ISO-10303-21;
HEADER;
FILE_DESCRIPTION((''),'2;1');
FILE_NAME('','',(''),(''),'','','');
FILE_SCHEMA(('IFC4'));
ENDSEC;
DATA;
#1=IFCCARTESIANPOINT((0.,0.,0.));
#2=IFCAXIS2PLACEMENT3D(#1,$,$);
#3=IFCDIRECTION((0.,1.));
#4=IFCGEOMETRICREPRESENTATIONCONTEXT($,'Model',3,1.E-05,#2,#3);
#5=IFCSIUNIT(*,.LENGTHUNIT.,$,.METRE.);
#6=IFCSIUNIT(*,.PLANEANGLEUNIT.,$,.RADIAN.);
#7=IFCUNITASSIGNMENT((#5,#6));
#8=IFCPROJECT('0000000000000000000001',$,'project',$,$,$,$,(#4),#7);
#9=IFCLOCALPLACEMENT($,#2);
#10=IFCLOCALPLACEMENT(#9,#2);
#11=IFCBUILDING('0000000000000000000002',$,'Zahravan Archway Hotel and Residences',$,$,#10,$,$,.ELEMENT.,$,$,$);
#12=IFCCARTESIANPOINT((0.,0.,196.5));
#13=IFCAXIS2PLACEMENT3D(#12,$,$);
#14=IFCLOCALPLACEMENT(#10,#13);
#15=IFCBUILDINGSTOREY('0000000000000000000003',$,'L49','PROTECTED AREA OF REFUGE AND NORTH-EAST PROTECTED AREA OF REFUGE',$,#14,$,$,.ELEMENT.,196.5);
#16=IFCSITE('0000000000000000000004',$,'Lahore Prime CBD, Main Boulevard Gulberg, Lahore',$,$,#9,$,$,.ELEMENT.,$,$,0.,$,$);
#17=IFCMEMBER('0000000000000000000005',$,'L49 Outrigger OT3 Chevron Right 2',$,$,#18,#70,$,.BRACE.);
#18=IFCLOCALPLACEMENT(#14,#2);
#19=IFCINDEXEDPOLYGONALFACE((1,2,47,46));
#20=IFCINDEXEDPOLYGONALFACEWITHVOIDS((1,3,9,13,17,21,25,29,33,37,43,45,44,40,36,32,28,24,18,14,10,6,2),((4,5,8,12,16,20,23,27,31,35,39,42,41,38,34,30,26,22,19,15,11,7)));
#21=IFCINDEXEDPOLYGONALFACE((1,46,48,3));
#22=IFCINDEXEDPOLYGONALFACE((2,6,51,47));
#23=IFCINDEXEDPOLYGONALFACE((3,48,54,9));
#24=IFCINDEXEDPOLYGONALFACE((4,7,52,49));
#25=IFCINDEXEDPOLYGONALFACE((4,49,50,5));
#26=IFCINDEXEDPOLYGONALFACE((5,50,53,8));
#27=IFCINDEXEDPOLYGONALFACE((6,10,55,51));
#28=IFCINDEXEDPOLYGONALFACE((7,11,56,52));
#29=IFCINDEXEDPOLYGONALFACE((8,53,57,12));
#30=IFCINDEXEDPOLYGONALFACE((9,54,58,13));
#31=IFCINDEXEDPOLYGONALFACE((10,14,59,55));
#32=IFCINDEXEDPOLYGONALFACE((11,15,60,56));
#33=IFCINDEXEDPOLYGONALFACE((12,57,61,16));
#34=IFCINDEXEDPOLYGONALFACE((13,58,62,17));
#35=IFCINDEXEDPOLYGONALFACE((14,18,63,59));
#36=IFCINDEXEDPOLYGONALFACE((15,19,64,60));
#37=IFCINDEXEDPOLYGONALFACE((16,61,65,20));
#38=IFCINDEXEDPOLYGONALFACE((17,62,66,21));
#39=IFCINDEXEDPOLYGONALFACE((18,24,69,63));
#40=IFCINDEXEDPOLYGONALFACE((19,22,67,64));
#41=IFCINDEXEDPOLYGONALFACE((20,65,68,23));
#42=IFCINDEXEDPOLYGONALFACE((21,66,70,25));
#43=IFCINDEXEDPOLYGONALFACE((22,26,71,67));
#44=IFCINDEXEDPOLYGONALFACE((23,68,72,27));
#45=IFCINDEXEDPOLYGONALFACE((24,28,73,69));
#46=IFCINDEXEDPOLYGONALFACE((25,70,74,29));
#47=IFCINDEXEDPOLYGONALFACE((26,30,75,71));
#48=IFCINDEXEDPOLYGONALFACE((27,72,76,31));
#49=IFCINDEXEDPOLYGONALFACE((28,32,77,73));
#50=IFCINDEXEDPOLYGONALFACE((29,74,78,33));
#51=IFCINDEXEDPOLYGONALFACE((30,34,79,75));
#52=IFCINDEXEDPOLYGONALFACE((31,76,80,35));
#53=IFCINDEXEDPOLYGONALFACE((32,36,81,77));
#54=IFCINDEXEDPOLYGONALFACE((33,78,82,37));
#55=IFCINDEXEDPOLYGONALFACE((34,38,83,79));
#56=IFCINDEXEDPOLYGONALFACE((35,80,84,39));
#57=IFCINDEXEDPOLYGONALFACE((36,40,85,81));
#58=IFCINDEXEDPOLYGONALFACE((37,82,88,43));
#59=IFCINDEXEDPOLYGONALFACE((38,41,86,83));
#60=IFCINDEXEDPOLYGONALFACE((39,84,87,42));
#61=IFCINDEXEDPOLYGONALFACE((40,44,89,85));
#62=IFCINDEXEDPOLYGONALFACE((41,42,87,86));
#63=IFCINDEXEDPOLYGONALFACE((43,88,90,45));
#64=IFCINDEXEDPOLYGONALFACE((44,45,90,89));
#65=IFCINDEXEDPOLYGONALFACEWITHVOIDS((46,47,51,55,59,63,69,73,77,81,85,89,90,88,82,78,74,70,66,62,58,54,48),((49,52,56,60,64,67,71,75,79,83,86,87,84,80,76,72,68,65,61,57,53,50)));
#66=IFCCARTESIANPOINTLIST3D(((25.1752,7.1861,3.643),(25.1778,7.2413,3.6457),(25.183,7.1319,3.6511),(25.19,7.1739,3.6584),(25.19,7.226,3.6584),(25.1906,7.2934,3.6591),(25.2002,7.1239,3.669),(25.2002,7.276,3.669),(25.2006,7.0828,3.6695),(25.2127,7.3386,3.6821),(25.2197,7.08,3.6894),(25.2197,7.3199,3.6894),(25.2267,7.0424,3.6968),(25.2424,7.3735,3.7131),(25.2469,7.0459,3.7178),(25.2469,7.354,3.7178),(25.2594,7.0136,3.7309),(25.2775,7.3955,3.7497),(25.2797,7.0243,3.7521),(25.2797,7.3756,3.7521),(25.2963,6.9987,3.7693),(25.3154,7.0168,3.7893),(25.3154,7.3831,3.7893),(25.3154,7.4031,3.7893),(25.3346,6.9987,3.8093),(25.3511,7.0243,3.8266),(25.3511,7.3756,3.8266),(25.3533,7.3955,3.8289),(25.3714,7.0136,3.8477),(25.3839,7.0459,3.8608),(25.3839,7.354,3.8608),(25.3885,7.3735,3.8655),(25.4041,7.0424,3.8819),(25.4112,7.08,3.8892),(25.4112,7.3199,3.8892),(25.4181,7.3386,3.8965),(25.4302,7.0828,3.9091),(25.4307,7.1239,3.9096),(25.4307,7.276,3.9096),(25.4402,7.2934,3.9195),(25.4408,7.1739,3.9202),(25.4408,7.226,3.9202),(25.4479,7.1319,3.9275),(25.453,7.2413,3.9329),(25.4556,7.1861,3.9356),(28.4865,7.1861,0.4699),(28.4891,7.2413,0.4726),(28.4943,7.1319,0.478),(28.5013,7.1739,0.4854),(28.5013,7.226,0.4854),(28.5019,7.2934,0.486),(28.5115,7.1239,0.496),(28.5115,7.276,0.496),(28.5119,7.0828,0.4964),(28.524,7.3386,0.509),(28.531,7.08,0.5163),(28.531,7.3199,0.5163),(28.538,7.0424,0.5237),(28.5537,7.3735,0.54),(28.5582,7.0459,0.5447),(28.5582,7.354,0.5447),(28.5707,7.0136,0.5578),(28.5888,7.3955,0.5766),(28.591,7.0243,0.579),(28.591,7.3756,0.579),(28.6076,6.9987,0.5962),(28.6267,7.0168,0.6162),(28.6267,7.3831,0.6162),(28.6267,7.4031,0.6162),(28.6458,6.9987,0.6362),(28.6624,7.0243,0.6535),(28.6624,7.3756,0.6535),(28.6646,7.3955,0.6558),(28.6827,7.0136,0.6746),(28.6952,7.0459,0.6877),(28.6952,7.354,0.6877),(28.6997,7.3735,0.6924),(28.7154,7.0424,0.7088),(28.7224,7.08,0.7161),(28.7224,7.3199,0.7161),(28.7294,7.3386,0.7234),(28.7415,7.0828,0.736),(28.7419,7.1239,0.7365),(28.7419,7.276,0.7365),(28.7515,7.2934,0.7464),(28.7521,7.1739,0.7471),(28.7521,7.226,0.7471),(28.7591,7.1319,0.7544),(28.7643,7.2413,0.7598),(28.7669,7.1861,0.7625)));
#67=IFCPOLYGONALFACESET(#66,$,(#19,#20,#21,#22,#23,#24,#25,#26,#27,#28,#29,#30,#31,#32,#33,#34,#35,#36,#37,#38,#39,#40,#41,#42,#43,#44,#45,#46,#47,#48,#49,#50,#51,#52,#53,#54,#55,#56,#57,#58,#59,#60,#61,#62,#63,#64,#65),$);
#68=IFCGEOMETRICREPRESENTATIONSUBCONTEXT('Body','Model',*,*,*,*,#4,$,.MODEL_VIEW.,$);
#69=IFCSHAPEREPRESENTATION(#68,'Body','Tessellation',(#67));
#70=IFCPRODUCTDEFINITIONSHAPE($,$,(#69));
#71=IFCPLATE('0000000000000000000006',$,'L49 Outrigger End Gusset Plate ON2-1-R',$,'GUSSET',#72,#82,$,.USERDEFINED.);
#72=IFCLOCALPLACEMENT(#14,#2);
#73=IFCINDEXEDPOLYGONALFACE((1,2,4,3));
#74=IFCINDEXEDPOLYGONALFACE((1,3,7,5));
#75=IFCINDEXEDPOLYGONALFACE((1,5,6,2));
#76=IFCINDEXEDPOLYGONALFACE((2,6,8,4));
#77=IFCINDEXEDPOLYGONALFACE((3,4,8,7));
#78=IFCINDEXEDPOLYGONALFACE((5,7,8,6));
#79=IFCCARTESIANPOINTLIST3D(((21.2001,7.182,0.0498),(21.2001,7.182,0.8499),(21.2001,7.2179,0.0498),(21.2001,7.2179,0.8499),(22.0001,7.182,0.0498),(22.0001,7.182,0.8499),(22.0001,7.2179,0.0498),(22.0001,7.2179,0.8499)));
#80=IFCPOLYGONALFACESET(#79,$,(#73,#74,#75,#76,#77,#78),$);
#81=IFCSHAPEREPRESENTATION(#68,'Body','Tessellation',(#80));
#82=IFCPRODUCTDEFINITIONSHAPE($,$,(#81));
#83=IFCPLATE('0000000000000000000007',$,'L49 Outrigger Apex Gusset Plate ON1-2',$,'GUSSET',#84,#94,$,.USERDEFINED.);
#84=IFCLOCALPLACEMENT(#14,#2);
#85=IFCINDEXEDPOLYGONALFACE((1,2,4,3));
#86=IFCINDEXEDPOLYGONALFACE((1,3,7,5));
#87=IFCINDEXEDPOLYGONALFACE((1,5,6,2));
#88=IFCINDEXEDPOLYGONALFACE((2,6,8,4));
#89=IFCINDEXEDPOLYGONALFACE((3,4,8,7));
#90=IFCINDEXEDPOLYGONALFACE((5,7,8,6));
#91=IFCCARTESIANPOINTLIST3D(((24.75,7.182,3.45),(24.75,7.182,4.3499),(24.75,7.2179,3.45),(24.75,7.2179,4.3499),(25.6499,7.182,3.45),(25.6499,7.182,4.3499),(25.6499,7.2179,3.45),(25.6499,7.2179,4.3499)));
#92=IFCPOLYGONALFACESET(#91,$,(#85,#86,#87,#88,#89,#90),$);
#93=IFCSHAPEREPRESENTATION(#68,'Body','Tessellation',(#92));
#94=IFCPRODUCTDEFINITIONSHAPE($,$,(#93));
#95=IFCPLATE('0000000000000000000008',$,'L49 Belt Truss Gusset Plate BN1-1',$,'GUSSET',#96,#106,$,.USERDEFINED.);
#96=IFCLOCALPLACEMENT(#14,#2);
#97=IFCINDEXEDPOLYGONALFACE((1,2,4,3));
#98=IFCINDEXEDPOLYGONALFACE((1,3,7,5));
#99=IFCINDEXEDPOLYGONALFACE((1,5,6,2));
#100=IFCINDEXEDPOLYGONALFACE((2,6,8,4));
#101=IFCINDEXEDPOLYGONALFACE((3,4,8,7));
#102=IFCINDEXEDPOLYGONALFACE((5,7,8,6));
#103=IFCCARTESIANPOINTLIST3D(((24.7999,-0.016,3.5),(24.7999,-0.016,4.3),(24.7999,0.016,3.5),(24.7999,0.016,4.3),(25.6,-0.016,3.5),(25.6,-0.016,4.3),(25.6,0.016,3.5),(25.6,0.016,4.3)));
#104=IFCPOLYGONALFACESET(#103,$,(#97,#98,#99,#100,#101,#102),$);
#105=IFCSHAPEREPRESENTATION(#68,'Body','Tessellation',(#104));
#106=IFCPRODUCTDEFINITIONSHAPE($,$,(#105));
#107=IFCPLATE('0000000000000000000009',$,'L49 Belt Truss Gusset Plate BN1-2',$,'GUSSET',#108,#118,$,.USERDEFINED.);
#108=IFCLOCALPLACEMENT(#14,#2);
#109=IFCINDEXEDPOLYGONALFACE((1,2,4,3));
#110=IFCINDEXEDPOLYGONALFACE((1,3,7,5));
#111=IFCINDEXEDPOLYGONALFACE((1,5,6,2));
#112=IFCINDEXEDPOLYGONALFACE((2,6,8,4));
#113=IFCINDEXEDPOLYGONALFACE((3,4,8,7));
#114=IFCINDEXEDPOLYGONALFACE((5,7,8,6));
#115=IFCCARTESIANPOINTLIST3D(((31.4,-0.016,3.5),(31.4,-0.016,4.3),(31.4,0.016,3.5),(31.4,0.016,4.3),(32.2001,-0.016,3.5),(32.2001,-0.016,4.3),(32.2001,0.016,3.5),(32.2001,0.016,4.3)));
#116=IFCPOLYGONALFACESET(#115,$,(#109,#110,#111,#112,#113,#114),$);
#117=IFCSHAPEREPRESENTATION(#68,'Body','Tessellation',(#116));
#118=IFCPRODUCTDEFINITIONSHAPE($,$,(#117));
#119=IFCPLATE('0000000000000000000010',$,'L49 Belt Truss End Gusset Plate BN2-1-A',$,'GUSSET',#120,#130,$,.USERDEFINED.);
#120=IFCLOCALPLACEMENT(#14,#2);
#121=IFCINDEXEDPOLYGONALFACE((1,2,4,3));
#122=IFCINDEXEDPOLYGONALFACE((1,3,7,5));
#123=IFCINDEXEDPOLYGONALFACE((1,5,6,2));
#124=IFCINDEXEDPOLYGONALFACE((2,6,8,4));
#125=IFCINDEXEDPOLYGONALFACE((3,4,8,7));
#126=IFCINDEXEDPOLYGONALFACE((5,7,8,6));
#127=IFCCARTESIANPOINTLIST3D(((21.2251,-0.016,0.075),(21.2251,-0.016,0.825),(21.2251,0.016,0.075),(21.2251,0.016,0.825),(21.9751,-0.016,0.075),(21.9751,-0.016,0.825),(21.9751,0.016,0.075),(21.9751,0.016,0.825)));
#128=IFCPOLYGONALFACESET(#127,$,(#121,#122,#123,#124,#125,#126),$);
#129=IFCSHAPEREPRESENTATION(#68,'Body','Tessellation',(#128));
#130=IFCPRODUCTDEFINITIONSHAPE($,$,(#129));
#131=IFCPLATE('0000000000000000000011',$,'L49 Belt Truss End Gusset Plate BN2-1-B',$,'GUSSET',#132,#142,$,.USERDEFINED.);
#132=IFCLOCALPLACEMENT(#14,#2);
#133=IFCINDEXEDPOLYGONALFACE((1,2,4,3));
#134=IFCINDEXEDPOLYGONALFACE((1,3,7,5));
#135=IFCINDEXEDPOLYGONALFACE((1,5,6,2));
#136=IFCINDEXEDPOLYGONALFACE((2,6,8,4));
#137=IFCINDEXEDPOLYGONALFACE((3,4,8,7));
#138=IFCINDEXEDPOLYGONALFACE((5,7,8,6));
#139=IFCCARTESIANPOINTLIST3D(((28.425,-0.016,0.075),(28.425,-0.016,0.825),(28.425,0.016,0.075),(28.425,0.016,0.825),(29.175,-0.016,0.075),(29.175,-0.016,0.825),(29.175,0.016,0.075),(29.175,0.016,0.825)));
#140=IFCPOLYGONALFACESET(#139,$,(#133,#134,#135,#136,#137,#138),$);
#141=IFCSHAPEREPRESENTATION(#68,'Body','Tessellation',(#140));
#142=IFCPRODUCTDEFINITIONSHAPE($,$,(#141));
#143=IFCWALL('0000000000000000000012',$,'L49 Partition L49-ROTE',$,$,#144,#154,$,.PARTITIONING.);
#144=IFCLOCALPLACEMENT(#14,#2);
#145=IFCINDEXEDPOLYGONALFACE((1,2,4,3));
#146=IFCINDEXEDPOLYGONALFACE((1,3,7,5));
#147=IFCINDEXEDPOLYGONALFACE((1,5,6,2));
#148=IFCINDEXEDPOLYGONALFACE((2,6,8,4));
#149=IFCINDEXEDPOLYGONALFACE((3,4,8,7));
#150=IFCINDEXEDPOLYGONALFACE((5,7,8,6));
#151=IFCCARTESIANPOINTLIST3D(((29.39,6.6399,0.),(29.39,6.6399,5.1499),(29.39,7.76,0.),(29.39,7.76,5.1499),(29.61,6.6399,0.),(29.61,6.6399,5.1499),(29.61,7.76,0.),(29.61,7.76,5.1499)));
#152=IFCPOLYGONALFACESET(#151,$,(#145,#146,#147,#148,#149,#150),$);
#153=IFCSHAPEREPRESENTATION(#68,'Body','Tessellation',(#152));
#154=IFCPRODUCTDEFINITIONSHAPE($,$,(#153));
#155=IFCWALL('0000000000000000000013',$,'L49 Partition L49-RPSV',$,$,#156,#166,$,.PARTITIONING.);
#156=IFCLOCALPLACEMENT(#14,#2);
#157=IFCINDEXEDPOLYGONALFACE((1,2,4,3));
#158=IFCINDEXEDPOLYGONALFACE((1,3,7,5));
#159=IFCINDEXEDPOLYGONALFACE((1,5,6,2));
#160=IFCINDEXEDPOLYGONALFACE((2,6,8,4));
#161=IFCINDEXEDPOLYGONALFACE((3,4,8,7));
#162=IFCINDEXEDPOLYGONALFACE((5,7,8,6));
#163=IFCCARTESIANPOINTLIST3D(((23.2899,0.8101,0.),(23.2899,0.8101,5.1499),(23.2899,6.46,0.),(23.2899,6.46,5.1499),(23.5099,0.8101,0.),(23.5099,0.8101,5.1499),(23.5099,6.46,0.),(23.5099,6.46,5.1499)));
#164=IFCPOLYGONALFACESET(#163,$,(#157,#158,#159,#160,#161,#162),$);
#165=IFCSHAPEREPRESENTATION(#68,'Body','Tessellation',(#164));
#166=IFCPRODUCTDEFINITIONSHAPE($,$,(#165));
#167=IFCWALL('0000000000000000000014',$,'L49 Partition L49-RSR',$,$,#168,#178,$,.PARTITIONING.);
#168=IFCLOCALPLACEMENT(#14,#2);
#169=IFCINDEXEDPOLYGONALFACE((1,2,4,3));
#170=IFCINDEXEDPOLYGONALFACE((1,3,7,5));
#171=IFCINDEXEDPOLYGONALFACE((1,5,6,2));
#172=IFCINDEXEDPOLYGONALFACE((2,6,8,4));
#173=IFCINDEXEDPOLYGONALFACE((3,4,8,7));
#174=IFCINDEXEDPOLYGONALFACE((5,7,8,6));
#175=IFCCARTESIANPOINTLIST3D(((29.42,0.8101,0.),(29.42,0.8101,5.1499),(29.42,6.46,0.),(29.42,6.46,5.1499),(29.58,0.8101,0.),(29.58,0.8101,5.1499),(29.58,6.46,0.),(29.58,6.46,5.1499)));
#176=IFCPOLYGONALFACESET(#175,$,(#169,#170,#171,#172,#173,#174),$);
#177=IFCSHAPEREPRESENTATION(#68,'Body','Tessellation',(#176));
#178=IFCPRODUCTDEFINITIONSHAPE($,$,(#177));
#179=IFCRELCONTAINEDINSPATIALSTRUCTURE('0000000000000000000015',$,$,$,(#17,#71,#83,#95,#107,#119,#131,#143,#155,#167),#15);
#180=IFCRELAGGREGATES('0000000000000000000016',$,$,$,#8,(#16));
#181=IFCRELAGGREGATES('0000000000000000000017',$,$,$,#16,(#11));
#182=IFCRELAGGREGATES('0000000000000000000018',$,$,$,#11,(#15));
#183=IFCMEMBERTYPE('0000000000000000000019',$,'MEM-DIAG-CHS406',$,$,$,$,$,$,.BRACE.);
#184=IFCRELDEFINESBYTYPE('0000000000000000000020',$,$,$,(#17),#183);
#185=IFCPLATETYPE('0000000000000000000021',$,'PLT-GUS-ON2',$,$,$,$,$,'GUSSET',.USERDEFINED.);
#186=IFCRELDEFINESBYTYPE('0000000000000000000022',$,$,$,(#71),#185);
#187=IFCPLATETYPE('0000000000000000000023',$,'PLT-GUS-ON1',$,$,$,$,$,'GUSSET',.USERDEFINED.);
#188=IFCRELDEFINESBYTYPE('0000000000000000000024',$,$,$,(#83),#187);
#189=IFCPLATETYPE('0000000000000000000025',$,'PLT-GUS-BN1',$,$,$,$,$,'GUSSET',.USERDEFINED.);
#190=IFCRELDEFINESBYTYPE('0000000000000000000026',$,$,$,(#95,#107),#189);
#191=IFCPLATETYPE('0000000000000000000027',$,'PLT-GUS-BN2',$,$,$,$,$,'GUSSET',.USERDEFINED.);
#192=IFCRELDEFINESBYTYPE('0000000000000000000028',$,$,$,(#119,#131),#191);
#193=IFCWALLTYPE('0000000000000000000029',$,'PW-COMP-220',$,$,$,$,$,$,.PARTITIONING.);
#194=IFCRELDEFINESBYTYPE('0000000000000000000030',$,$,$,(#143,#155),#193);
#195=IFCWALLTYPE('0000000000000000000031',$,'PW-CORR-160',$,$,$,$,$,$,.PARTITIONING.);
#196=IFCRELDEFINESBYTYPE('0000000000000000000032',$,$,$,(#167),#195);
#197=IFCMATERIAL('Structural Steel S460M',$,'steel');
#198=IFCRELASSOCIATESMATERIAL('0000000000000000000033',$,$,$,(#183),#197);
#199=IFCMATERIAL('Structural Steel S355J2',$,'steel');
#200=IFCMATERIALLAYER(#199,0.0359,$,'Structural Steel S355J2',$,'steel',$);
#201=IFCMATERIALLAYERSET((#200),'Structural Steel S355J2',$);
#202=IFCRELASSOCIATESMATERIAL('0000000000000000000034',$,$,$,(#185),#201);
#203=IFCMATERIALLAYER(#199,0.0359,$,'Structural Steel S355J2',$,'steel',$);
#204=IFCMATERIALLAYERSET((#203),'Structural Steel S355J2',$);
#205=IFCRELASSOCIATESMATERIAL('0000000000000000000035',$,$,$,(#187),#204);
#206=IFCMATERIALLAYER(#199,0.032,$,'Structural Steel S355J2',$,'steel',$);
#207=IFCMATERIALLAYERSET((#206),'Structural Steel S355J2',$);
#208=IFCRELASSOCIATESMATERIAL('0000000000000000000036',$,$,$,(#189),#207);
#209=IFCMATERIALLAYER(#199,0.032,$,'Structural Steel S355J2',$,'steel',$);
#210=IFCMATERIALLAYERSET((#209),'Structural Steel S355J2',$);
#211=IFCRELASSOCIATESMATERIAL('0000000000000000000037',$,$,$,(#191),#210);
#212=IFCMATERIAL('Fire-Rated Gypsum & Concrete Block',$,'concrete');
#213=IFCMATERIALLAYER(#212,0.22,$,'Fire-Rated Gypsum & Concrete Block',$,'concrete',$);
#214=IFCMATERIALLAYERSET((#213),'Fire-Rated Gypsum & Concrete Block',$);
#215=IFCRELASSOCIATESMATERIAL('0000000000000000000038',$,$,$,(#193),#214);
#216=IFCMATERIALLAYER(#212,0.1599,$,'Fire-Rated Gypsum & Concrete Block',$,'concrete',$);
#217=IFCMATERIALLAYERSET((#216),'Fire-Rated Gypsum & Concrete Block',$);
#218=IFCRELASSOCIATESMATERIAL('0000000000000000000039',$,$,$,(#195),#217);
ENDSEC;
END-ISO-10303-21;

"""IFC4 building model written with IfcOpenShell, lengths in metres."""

from ifc_helpers import new_model, si_unit, direction, frame, frame_2d, origin, origin_2d, place, context, subcontext, project, spatial, rectangle, hollow_circle, extrude, source, transform, mapped, material, layer, layer_set, material_profile, profile_set, type_object, type_shapes, element, save


model = new_model("IFC4")

# Units and contexts
model_context = context("Model", 3, precision=1e-05, world=origin(), true_north=direction((0.0, 1.0)))
body_context = subcontext(model_context, "Body", "Model", "MODEL_VIEW")
ifc_project = project(units=[si_unit("LENGTHUNIT", "METRE"), si_unit("PLANEANGLEUNIT", "RADIAN")], contexts=[model_context])

# Site, building, storey
site_placement = place(None, origin())
site = spatial("IfcSite", under=ifc_project, at=site_placement, Name="Lahore Prime CBD, Main Boulevard Gulberg, Lahore", CompositionType="ELEMENT", RefElevation=0.0)
building_placement = place(site_placement, origin())
building = spatial("IfcBuilding", under=site, at=building_placement, Name="Zahravan Archway Hotel and Residences", CompositionType="ELEMENT")
storey_placement = place(building_placement, frame((0.0, 0.0, 196.5)))
storey = spatial("IfcBuildingStorey", under=building, at=storey_placement, Name="L49", Description="PROTECTED AREA OF REFUGE AND NORTH-EAST PROTECTED AREA OF REFUGE", CompositionType="ELEMENT", Elevation=196.5)

# Shared definitions
ifc_material_1 = material(Name="Structural Steel S460M", Category="steel")

# Member
ifc_material_2 = material(Name="Structural Steel S355J2", Category="steel")
ifc_material_profile_1 = material_profile(ifc_material_1, hollow_circle(Radius=0.2031, WallThickness=0.02, at=origin_2d()), Name="CHS 406.4x20", Category="steel")
ifc_profile_set_1 = profile_set([ifc_material_profile_1], Name="Structural Steel S460M")
member_type_1 = type_object("IfcMemberType", Name="MEM-DIAG-CHS406", PredefinedType="BRACE", material=ifc_profile_set_1)
shared_shape_1 = source(origin(), body_context, "Body", "SweptSolid", [
    extrude(hollow_circle(Radius=0.2031, WallThickness=0.02, at=origin_2d()), origin(), (0.0, 0.0, 1.0), 4.5862),
])
type_shapes(member_type_1, [shared_shape_1])
for number, where, z_axis, x_axis, name in (
    (1, (25.3154, 7.2, 3.7893), (0.722011, 0.0, -0.691881), (0.0, 1.0, 0.0), "L49 Outrigger OT3 Chevron Right 2"),
):
    element("IfcMember", number, at=place(storey_placement, frame(where, z_axis=z_axis, x_axis=x_axis)), inside=storey, type_object=member_type_1, Name=name, PredefinedType="BRACE", context=body_context, shape_type="MappedRepresentation", body=[
        mapped(shared_shape_1, transform((0.0, 0.0, 0.0), scale=1.0)),
    ])

# Plates
ifc_layer_1 = layer(ifc_material_2, 0.0359, Name="Structural Steel S355J2", Category="steel")
ifc_layer_set_1 = layer_set([ifc_layer_1], Name="Structural Steel S355J2")
plate_type_1 = type_object("IfcPlateType", Name="PLT-GUS-ON2", ElementType="GUSSET", PredefinedType="USERDEFINED", material=ifc_layer_set_1)
shared_shape_2 = source(origin(), body_context, "Body", "SweptSolid", [
    extrude(rectangle(XDim=0.8, YDim=0.0359, at=origin_2d()), origin(), (0.0, 0.0, 1.0), 0.8),
])
type_shapes(plate_type_1, [shared_shape_2])
plate_1_placement = place(storey_placement, frame((21.6001, 7.2, 0.0498), z_axis=(0.0, 0.0, 1.0), x_axis=(1.0, 0.0, 0.0)))
element("IfcPlate", 2, at=plate_1_placement, inside=storey, type_object=plate_type_1, Name="L49 Outrigger End Gusset Plate ON2-1-R", ObjectType="GUSSET", PredefinedType="USERDEFINED", context=body_context, shape_type="MappedRepresentation", body=[
    mapped(shared_shape_2, transform((0.0, 0.0, 0.0), scale=1.0)),
])
ifc_layer_2 = layer(ifc_material_2, 0.0359, Name="Structural Steel S355J2", Category="steel")
ifc_layer_set_2 = layer_set([ifc_layer_2], Name="Structural Steel S355J2")
plate_type_2 = type_object("IfcPlateType", Name="PLT-GUS-ON1", ElementType="GUSSET", PredefinedType="USERDEFINED", material=ifc_layer_set_2)
shared_shape_3 = source(origin(), body_context, "Body", "SweptSolid", [
    extrude(rectangle(XDim=0.8999, YDim=0.0359, at=origin_2d()), origin(), (0.0, 0.0, 1.0), 0.8999),
])
type_shapes(plate_type_2, [shared_shape_3])
plate_2_placement = place(storey_placement, frame((25.2, 7.2, 3.45), z_axis=(0.0, 0.0, 1.0), x_axis=(1.0, 0.0, 0.0)))
element("IfcPlate", 3, at=plate_2_placement, inside=storey, type_object=plate_type_2, Name="L49 Outrigger Apex Gusset Plate ON1-2", ObjectType="GUSSET", PredefinedType="USERDEFINED", context=body_context, shape_type="MappedRepresentation", body=[
    mapped(shared_shape_3, transform((0.0, 0.0, 0.0), scale=1.0)),
])
ifc_layer_3 = layer(ifc_material_2, 0.032, Name="Structural Steel S355J2", Category="steel")
ifc_layer_set_3 = layer_set([ifc_layer_3], Name="Structural Steel S355J2")
plate_type_3 = type_object("IfcPlateType", Name="PLT-GUS-BN1", ElementType="GUSSET", PredefinedType="USERDEFINED", material=ifc_layer_set_3)
shared_shape_4 = source(origin(), body_context, "Body", "SweptSolid", [
    extrude(rectangle(XDim=0.8, YDim=0.032, at=origin_2d()), origin(), (0.0, 0.0, 1.0), 0.8),
])
type_shapes(plate_type_3, [shared_shape_4])
for number, where, z_axis, x_axis, name in (
    (4, (25.2, 0.0, 3.5), (0.0, 0.0, 1.0), (1.0, 0.0, 0.0), "L49 Belt Truss Gusset Plate BN1-1"),
    (5, (31.8, 0.0, 3.5), (0.0, 0.0, 1.0), (1.0, 0.0, 0.0), "L49 Belt Truss Gusset Plate BN1-2"),
):
    element("IfcPlate", number, at=place(storey_placement, frame(where, z_axis=z_axis, x_axis=x_axis)), inside=storey, type_object=plate_type_3, Name=name, ObjectType="GUSSET", PredefinedType="USERDEFINED", context=body_context, shape_type="MappedRepresentation", body=[
        mapped(shared_shape_4, transform((0.0, 0.0, 0.0), scale=1.0)),
    ])
ifc_layer_4 = layer(ifc_material_2, 0.032, Name="Structural Steel S355J2", Category="steel")
ifc_layer_set_4 = layer_set([ifc_layer_4], Name="Structural Steel S355J2")
plate_type_4 = type_object("IfcPlateType", Name="PLT-GUS-BN2", ElementType="GUSSET", PredefinedType="USERDEFINED", material=ifc_layer_set_4)
shared_shape_5 = source(origin(), body_context, "Body", "SweptSolid", [
    extrude(rectangle(XDim=0.75, YDim=0.032, at=origin_2d()), origin(), (0.0, 0.0, 1.0), 0.75),
])
type_shapes(plate_type_4, [shared_shape_5])
for number, where, z_axis, x_axis, name in (
    (6, (21.6001, 0.0, 0.075), (0.0, 0.0, 1.0), (1.0, 0.0, 0.0), "L49 Belt Truss End Gusset Plate BN2-1-A"),
    (7, (28.8, 0.0, 0.075), (0.0, 0.0, 1.0), (1.0, 0.0, 0.0), "L49 Belt Truss End Gusset Plate BN2-1-B"),
):
    element("IfcPlate", number, at=place(storey_placement, frame(where, z_axis=z_axis, x_axis=x_axis)), inside=storey, type_object=plate_type_4, Name=name, ObjectType="GUSSET", PredefinedType="USERDEFINED", context=body_context, shape_type="MappedRepresentation", body=[
        mapped(shared_shape_5, transform((0.0, 0.0, 0.0), scale=1.0)),
    ])

# Walls
ifc_material_3 = material(Name="Fire-Rated Gypsum & Concrete Block", Category="concrete")
ifc_layer_5 = layer(ifc_material_3, 0.22, Name="Fire-Rated Gypsum & Concrete Block", Category="concrete")
ifc_layer_set_5 = layer_set([ifc_layer_5], Name="Fire-Rated Gypsum & Concrete Block")
wall_type_1 = type_object("IfcWallType", Name="PW-COMP-220", PredefinedType="PARTITIONING", material=ifc_layer_set_5)
wall_1_placement = place(storey_placement, frame((29.5, 6.6399, 0.0), z_axis=(0.0, 0.0, 1.0), x_axis=(0.0, 1.0, 0.0)))
element("IfcWall", 8, at=wall_1_placement, inside=storey, type_object=wall_type_1, Name="L49 Partition L49-ROTE", PredefinedType="PARTITIONING", context=body_context, shape_type="SweptSolid", body=[
    extrude(rectangle(XDim=1.1201, YDim=0.22, at=frame_2d((0.5601, 0.0))), origin(), (0.0, 0.0, 1.0), 5.1499),
])
wall_2_placement = place(storey_placement, frame((23.3999, 0.8101, 0.0), z_axis=(0.0, 0.0, 1.0), x_axis=(0.0, 1.0, 0.0)))
element("IfcWall", 9, at=wall_2_placement, inside=storey, type_object=wall_type_1, Name="L49 Partition L49-RPSV", PredefinedType="PARTITIONING", context=body_context, shape_type="SweptSolid", body=[
    extrude(rectangle(XDim=5.6499, YDim=0.22, at=frame_2d((2.825, 0.0))), origin(), (0.0, 0.0, 1.0), 5.1499),
])
ifc_layer_6 = layer(ifc_material_3, 0.1599, Name="Fire-Rated Gypsum & Concrete Block", Category="concrete")
ifc_layer_set_6 = layer_set([ifc_layer_6], Name="Fire-Rated Gypsum & Concrete Block")
wall_type_2 = type_object("IfcWallType", Name="PW-CORR-160", PredefinedType="PARTITIONING", material=ifc_layer_set_6)
wall_3_placement = place(storey_placement, frame((29.5, 0.8101, 0.0), z_axis=(0.0, 0.0, 1.0), x_axis=(0.0, 1.0, 0.0)))
element("IfcWall", 10, at=wall_3_placement, inside=storey, type_object=wall_type_2, Name="L49 Partition L49-RSR", PredefinedType="PARTITIONING", context=body_context, shape_type="SweptSolid", body=[
    extrude(rectangle(XDim=5.6499, YDim=0.1599, at=frame_2d((2.825, 0.0))), origin(), (0.0, 0.0, 1.0), 5.1499),
])

save(model, "model.ifc")
